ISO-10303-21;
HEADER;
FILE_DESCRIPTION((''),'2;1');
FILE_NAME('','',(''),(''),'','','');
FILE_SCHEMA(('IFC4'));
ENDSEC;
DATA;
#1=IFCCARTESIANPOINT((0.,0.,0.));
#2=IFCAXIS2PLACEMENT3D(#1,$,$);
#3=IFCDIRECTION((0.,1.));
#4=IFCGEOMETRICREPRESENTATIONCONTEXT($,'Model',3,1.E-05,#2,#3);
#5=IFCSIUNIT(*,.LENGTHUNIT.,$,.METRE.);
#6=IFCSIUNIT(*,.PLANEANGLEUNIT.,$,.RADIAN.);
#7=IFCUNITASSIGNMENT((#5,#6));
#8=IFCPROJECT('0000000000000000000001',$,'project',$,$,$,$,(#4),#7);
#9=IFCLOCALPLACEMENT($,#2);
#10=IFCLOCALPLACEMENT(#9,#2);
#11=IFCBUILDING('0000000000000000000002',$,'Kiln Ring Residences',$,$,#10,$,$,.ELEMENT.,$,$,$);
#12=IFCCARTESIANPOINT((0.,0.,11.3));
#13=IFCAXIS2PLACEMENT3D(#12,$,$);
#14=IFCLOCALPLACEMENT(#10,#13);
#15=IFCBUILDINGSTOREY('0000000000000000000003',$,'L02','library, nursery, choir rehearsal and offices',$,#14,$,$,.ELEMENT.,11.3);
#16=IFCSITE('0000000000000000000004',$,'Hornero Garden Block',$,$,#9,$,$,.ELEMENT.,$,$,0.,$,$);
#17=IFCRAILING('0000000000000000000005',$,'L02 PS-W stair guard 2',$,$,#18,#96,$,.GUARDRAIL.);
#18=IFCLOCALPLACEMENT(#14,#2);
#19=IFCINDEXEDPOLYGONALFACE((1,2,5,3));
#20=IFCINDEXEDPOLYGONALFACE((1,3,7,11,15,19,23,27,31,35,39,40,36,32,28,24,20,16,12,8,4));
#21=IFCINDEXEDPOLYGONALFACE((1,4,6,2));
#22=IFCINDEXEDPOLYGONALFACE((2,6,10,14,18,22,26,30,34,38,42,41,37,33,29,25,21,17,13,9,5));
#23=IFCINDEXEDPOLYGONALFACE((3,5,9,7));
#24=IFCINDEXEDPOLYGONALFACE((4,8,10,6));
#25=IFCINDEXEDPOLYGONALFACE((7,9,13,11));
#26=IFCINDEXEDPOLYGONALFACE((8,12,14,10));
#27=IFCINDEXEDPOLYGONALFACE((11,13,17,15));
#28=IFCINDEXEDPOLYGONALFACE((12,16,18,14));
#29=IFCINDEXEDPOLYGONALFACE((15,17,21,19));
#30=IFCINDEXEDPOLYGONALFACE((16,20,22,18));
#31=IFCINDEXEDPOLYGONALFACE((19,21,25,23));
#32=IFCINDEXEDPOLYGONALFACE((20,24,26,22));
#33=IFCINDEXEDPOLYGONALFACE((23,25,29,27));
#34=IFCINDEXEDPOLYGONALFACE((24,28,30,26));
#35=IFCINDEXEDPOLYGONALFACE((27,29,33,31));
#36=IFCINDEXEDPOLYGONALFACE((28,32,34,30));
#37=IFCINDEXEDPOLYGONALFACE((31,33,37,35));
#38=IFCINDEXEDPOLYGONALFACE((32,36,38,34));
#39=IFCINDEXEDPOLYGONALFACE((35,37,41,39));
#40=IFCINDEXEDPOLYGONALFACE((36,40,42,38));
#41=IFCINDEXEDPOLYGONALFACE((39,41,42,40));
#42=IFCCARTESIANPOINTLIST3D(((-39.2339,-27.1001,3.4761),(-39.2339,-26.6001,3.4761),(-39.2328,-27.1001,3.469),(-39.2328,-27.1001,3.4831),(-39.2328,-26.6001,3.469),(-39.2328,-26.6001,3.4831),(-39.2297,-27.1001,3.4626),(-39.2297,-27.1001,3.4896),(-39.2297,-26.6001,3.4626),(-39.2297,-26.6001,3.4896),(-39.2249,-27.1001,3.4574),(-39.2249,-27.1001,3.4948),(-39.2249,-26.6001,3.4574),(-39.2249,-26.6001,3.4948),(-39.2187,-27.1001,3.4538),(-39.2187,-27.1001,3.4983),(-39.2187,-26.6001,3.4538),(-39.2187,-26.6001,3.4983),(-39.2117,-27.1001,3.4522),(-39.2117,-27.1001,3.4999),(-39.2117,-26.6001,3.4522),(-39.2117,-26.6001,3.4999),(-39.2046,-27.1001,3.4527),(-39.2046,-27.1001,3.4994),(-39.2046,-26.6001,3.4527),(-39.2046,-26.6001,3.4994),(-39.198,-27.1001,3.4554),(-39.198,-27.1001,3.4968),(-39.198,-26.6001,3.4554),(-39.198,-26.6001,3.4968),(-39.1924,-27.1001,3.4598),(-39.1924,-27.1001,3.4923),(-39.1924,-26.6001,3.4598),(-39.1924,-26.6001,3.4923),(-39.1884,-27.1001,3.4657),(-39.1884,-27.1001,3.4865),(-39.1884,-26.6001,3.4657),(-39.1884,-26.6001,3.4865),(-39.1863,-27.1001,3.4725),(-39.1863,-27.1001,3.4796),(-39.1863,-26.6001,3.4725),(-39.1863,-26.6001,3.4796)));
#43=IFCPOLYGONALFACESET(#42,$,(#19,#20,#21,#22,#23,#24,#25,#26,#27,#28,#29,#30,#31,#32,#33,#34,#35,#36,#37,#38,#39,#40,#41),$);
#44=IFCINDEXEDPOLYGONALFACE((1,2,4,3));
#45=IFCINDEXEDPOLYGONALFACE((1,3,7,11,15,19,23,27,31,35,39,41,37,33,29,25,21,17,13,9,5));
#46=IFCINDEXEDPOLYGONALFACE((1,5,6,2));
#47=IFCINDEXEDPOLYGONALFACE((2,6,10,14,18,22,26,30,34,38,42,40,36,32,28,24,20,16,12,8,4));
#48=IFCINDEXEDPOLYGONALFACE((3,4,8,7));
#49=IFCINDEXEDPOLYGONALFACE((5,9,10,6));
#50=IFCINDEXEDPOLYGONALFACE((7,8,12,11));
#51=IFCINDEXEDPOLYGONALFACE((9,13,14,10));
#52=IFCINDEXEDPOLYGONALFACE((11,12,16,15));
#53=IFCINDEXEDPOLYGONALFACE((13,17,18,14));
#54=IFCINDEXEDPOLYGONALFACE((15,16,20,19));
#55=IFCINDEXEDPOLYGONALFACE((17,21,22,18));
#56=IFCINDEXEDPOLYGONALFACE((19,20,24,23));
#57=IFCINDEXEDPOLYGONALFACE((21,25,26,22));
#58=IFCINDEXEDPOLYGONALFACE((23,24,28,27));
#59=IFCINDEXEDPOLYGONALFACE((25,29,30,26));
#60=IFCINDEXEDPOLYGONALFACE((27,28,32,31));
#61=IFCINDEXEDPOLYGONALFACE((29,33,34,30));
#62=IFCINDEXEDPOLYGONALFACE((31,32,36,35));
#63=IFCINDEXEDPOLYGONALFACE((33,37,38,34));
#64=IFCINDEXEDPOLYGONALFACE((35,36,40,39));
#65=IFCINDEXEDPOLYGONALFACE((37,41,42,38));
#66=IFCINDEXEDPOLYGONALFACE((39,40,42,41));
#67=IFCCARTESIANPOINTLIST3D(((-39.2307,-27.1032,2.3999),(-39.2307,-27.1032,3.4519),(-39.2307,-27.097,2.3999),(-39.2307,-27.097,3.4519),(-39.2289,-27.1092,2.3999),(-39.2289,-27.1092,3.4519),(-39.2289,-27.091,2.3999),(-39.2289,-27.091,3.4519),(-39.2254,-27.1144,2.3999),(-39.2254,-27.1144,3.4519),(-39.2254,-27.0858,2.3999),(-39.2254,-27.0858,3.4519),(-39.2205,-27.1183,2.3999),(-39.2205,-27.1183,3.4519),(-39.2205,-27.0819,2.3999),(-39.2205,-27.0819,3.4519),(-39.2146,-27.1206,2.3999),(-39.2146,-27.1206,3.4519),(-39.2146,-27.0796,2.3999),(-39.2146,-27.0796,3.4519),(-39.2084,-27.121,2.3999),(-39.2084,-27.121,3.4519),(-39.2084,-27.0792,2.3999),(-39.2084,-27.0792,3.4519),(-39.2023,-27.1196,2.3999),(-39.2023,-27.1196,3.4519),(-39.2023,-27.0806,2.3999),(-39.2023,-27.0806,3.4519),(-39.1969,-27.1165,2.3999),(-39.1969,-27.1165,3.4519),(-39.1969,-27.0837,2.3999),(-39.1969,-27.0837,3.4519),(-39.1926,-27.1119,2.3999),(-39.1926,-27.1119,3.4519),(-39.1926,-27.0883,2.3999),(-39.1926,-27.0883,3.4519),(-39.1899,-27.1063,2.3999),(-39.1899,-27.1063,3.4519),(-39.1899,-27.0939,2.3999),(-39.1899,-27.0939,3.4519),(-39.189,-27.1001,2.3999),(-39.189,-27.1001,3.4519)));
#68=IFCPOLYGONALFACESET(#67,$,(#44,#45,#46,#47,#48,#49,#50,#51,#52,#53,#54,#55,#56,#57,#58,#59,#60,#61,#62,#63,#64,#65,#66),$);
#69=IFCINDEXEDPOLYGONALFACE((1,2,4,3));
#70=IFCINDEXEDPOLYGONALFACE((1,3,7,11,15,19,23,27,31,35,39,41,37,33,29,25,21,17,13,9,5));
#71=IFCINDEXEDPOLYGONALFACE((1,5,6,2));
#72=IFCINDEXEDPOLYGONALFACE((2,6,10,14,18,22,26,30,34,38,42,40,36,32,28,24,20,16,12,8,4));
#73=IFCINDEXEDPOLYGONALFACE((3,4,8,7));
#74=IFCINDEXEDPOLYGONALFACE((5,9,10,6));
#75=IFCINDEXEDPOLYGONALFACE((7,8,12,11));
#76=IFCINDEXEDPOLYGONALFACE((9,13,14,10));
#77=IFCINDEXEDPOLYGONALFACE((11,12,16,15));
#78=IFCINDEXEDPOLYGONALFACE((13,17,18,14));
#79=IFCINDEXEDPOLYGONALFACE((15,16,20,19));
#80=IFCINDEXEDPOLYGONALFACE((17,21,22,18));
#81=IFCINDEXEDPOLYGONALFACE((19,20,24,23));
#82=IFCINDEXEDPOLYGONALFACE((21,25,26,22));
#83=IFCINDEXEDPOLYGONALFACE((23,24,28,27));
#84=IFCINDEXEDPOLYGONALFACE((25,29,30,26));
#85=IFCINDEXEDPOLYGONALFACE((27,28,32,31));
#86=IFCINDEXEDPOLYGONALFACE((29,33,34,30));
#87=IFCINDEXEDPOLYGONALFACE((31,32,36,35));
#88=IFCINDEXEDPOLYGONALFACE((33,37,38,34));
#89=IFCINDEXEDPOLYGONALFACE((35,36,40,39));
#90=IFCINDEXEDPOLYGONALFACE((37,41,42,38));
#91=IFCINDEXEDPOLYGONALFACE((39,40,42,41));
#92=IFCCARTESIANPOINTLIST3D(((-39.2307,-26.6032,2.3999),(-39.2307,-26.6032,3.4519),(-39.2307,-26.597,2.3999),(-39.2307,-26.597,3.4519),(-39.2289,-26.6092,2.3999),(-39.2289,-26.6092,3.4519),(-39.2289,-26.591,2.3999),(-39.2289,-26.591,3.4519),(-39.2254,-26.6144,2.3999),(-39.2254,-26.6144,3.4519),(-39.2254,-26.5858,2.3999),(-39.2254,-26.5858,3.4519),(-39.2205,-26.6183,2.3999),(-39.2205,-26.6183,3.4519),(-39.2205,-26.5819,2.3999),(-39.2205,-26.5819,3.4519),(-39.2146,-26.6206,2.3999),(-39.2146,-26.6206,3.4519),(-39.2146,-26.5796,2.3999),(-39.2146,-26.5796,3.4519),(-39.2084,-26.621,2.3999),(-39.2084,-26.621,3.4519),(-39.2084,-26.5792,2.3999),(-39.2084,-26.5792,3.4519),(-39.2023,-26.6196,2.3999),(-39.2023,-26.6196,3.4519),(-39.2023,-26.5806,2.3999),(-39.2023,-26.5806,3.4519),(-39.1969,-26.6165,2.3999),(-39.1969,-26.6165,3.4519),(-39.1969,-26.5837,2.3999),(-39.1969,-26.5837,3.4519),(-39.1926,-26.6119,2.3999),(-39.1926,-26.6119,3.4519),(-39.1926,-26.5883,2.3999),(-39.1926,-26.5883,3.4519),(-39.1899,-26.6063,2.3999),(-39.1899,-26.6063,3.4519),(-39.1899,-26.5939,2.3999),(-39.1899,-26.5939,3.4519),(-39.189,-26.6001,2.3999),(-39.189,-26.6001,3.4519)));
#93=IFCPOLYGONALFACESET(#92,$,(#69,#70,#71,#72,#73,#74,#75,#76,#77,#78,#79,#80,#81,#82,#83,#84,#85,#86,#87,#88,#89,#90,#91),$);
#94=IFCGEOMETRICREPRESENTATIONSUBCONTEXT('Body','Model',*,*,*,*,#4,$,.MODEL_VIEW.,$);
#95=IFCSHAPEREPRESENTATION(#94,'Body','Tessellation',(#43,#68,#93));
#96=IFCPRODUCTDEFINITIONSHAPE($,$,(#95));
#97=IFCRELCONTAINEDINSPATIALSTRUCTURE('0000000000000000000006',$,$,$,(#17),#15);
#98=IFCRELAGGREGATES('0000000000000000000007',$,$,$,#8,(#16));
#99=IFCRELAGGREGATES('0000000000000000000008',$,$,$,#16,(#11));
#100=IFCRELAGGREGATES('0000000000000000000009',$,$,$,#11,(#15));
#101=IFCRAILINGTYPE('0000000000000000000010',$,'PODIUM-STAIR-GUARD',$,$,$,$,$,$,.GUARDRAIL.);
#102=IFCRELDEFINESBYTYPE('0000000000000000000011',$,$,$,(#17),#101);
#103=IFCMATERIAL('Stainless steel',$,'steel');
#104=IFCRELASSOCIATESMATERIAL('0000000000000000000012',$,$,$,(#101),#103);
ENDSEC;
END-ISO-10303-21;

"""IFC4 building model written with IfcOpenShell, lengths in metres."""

from ifc_helpers import new_model, si_unit, direction, frame, origin, origin_2d, place, context, subcontext, project, spatial, circle, extrude, material, type_object, element, save


model = new_model("IFC4")

# Units and contexts
model_context = context("Model", 3, precision=1e-05, world=origin(), true_north=direction((0.0, 1.0)))
body_context = subcontext(model_context, "Body", "Model", "MODEL_VIEW")
ifc_project = project(units=[si_unit("LENGTHUNIT", "METRE"), si_unit("PLANEANGLEUNIT", "RADIAN")], contexts=[model_context])

# Site, building, storey
site_placement = place(None, origin())
site = spatial("IfcSite", under=ifc_project, at=site_placement, Name="Hornero Garden Block", CompositionType="ELEMENT", RefElevation=0.0)
building_placement = place(site_placement, origin())
building = spatial("IfcBuilding", under=site, at=building_placement, Name="Kiln Ring Residences", CompositionType="ELEMENT")
storey_placement = place(building_placement, frame((0.0, 0.0, 11.3)))
storey = spatial("IfcBuildingStorey", under=building, at=storey_placement, Name="L02", Description="library, nursery, choir rehearsal and offices", CompositionType="ELEMENT", Elevation=11.3)

# Railing
ifc_material_1 = material(Name="Stainless steel", Category="steel")
railing_type_1 = type_object("IfcRailingType", Name="PODIUM-STAIR-GUARD", PredefinedType="GUARDRAIL", material=ifc_material_1)
railing_1_placement = place(storey_placement, frame((-39.21, -27.1001, 2.3999)))
element("IfcRailing", 1, at=railing_1_placement, inside=storey, type_object=railing_type_1, Name="L02 PS-W stair guard 2", PredefinedType="GUARDRAIL", context=body_context, shape_type="SweptSolid", body=[
    extrude(circle(Radius=0.0239, at=origin_2d()), frame((0.0, 0.0, 1.0762), z_axis=(0.0, 1.0, 0.0), x_axis=(-1.0, 0.0, 0.0)), (0.0, 0.0, 1.0), 0.5),
    extrude(circle(Radius=0.021, at=origin_2d()), origin(), (0.0, 0.0, 1.0), 1.052),
    extrude(circle(Radius=0.021, at=origin_2d()), frame((0.0, 0.5, 0.0)), (0.0, 0.0, 1.0), 1.052),
])

save(model, "model.ifc")
